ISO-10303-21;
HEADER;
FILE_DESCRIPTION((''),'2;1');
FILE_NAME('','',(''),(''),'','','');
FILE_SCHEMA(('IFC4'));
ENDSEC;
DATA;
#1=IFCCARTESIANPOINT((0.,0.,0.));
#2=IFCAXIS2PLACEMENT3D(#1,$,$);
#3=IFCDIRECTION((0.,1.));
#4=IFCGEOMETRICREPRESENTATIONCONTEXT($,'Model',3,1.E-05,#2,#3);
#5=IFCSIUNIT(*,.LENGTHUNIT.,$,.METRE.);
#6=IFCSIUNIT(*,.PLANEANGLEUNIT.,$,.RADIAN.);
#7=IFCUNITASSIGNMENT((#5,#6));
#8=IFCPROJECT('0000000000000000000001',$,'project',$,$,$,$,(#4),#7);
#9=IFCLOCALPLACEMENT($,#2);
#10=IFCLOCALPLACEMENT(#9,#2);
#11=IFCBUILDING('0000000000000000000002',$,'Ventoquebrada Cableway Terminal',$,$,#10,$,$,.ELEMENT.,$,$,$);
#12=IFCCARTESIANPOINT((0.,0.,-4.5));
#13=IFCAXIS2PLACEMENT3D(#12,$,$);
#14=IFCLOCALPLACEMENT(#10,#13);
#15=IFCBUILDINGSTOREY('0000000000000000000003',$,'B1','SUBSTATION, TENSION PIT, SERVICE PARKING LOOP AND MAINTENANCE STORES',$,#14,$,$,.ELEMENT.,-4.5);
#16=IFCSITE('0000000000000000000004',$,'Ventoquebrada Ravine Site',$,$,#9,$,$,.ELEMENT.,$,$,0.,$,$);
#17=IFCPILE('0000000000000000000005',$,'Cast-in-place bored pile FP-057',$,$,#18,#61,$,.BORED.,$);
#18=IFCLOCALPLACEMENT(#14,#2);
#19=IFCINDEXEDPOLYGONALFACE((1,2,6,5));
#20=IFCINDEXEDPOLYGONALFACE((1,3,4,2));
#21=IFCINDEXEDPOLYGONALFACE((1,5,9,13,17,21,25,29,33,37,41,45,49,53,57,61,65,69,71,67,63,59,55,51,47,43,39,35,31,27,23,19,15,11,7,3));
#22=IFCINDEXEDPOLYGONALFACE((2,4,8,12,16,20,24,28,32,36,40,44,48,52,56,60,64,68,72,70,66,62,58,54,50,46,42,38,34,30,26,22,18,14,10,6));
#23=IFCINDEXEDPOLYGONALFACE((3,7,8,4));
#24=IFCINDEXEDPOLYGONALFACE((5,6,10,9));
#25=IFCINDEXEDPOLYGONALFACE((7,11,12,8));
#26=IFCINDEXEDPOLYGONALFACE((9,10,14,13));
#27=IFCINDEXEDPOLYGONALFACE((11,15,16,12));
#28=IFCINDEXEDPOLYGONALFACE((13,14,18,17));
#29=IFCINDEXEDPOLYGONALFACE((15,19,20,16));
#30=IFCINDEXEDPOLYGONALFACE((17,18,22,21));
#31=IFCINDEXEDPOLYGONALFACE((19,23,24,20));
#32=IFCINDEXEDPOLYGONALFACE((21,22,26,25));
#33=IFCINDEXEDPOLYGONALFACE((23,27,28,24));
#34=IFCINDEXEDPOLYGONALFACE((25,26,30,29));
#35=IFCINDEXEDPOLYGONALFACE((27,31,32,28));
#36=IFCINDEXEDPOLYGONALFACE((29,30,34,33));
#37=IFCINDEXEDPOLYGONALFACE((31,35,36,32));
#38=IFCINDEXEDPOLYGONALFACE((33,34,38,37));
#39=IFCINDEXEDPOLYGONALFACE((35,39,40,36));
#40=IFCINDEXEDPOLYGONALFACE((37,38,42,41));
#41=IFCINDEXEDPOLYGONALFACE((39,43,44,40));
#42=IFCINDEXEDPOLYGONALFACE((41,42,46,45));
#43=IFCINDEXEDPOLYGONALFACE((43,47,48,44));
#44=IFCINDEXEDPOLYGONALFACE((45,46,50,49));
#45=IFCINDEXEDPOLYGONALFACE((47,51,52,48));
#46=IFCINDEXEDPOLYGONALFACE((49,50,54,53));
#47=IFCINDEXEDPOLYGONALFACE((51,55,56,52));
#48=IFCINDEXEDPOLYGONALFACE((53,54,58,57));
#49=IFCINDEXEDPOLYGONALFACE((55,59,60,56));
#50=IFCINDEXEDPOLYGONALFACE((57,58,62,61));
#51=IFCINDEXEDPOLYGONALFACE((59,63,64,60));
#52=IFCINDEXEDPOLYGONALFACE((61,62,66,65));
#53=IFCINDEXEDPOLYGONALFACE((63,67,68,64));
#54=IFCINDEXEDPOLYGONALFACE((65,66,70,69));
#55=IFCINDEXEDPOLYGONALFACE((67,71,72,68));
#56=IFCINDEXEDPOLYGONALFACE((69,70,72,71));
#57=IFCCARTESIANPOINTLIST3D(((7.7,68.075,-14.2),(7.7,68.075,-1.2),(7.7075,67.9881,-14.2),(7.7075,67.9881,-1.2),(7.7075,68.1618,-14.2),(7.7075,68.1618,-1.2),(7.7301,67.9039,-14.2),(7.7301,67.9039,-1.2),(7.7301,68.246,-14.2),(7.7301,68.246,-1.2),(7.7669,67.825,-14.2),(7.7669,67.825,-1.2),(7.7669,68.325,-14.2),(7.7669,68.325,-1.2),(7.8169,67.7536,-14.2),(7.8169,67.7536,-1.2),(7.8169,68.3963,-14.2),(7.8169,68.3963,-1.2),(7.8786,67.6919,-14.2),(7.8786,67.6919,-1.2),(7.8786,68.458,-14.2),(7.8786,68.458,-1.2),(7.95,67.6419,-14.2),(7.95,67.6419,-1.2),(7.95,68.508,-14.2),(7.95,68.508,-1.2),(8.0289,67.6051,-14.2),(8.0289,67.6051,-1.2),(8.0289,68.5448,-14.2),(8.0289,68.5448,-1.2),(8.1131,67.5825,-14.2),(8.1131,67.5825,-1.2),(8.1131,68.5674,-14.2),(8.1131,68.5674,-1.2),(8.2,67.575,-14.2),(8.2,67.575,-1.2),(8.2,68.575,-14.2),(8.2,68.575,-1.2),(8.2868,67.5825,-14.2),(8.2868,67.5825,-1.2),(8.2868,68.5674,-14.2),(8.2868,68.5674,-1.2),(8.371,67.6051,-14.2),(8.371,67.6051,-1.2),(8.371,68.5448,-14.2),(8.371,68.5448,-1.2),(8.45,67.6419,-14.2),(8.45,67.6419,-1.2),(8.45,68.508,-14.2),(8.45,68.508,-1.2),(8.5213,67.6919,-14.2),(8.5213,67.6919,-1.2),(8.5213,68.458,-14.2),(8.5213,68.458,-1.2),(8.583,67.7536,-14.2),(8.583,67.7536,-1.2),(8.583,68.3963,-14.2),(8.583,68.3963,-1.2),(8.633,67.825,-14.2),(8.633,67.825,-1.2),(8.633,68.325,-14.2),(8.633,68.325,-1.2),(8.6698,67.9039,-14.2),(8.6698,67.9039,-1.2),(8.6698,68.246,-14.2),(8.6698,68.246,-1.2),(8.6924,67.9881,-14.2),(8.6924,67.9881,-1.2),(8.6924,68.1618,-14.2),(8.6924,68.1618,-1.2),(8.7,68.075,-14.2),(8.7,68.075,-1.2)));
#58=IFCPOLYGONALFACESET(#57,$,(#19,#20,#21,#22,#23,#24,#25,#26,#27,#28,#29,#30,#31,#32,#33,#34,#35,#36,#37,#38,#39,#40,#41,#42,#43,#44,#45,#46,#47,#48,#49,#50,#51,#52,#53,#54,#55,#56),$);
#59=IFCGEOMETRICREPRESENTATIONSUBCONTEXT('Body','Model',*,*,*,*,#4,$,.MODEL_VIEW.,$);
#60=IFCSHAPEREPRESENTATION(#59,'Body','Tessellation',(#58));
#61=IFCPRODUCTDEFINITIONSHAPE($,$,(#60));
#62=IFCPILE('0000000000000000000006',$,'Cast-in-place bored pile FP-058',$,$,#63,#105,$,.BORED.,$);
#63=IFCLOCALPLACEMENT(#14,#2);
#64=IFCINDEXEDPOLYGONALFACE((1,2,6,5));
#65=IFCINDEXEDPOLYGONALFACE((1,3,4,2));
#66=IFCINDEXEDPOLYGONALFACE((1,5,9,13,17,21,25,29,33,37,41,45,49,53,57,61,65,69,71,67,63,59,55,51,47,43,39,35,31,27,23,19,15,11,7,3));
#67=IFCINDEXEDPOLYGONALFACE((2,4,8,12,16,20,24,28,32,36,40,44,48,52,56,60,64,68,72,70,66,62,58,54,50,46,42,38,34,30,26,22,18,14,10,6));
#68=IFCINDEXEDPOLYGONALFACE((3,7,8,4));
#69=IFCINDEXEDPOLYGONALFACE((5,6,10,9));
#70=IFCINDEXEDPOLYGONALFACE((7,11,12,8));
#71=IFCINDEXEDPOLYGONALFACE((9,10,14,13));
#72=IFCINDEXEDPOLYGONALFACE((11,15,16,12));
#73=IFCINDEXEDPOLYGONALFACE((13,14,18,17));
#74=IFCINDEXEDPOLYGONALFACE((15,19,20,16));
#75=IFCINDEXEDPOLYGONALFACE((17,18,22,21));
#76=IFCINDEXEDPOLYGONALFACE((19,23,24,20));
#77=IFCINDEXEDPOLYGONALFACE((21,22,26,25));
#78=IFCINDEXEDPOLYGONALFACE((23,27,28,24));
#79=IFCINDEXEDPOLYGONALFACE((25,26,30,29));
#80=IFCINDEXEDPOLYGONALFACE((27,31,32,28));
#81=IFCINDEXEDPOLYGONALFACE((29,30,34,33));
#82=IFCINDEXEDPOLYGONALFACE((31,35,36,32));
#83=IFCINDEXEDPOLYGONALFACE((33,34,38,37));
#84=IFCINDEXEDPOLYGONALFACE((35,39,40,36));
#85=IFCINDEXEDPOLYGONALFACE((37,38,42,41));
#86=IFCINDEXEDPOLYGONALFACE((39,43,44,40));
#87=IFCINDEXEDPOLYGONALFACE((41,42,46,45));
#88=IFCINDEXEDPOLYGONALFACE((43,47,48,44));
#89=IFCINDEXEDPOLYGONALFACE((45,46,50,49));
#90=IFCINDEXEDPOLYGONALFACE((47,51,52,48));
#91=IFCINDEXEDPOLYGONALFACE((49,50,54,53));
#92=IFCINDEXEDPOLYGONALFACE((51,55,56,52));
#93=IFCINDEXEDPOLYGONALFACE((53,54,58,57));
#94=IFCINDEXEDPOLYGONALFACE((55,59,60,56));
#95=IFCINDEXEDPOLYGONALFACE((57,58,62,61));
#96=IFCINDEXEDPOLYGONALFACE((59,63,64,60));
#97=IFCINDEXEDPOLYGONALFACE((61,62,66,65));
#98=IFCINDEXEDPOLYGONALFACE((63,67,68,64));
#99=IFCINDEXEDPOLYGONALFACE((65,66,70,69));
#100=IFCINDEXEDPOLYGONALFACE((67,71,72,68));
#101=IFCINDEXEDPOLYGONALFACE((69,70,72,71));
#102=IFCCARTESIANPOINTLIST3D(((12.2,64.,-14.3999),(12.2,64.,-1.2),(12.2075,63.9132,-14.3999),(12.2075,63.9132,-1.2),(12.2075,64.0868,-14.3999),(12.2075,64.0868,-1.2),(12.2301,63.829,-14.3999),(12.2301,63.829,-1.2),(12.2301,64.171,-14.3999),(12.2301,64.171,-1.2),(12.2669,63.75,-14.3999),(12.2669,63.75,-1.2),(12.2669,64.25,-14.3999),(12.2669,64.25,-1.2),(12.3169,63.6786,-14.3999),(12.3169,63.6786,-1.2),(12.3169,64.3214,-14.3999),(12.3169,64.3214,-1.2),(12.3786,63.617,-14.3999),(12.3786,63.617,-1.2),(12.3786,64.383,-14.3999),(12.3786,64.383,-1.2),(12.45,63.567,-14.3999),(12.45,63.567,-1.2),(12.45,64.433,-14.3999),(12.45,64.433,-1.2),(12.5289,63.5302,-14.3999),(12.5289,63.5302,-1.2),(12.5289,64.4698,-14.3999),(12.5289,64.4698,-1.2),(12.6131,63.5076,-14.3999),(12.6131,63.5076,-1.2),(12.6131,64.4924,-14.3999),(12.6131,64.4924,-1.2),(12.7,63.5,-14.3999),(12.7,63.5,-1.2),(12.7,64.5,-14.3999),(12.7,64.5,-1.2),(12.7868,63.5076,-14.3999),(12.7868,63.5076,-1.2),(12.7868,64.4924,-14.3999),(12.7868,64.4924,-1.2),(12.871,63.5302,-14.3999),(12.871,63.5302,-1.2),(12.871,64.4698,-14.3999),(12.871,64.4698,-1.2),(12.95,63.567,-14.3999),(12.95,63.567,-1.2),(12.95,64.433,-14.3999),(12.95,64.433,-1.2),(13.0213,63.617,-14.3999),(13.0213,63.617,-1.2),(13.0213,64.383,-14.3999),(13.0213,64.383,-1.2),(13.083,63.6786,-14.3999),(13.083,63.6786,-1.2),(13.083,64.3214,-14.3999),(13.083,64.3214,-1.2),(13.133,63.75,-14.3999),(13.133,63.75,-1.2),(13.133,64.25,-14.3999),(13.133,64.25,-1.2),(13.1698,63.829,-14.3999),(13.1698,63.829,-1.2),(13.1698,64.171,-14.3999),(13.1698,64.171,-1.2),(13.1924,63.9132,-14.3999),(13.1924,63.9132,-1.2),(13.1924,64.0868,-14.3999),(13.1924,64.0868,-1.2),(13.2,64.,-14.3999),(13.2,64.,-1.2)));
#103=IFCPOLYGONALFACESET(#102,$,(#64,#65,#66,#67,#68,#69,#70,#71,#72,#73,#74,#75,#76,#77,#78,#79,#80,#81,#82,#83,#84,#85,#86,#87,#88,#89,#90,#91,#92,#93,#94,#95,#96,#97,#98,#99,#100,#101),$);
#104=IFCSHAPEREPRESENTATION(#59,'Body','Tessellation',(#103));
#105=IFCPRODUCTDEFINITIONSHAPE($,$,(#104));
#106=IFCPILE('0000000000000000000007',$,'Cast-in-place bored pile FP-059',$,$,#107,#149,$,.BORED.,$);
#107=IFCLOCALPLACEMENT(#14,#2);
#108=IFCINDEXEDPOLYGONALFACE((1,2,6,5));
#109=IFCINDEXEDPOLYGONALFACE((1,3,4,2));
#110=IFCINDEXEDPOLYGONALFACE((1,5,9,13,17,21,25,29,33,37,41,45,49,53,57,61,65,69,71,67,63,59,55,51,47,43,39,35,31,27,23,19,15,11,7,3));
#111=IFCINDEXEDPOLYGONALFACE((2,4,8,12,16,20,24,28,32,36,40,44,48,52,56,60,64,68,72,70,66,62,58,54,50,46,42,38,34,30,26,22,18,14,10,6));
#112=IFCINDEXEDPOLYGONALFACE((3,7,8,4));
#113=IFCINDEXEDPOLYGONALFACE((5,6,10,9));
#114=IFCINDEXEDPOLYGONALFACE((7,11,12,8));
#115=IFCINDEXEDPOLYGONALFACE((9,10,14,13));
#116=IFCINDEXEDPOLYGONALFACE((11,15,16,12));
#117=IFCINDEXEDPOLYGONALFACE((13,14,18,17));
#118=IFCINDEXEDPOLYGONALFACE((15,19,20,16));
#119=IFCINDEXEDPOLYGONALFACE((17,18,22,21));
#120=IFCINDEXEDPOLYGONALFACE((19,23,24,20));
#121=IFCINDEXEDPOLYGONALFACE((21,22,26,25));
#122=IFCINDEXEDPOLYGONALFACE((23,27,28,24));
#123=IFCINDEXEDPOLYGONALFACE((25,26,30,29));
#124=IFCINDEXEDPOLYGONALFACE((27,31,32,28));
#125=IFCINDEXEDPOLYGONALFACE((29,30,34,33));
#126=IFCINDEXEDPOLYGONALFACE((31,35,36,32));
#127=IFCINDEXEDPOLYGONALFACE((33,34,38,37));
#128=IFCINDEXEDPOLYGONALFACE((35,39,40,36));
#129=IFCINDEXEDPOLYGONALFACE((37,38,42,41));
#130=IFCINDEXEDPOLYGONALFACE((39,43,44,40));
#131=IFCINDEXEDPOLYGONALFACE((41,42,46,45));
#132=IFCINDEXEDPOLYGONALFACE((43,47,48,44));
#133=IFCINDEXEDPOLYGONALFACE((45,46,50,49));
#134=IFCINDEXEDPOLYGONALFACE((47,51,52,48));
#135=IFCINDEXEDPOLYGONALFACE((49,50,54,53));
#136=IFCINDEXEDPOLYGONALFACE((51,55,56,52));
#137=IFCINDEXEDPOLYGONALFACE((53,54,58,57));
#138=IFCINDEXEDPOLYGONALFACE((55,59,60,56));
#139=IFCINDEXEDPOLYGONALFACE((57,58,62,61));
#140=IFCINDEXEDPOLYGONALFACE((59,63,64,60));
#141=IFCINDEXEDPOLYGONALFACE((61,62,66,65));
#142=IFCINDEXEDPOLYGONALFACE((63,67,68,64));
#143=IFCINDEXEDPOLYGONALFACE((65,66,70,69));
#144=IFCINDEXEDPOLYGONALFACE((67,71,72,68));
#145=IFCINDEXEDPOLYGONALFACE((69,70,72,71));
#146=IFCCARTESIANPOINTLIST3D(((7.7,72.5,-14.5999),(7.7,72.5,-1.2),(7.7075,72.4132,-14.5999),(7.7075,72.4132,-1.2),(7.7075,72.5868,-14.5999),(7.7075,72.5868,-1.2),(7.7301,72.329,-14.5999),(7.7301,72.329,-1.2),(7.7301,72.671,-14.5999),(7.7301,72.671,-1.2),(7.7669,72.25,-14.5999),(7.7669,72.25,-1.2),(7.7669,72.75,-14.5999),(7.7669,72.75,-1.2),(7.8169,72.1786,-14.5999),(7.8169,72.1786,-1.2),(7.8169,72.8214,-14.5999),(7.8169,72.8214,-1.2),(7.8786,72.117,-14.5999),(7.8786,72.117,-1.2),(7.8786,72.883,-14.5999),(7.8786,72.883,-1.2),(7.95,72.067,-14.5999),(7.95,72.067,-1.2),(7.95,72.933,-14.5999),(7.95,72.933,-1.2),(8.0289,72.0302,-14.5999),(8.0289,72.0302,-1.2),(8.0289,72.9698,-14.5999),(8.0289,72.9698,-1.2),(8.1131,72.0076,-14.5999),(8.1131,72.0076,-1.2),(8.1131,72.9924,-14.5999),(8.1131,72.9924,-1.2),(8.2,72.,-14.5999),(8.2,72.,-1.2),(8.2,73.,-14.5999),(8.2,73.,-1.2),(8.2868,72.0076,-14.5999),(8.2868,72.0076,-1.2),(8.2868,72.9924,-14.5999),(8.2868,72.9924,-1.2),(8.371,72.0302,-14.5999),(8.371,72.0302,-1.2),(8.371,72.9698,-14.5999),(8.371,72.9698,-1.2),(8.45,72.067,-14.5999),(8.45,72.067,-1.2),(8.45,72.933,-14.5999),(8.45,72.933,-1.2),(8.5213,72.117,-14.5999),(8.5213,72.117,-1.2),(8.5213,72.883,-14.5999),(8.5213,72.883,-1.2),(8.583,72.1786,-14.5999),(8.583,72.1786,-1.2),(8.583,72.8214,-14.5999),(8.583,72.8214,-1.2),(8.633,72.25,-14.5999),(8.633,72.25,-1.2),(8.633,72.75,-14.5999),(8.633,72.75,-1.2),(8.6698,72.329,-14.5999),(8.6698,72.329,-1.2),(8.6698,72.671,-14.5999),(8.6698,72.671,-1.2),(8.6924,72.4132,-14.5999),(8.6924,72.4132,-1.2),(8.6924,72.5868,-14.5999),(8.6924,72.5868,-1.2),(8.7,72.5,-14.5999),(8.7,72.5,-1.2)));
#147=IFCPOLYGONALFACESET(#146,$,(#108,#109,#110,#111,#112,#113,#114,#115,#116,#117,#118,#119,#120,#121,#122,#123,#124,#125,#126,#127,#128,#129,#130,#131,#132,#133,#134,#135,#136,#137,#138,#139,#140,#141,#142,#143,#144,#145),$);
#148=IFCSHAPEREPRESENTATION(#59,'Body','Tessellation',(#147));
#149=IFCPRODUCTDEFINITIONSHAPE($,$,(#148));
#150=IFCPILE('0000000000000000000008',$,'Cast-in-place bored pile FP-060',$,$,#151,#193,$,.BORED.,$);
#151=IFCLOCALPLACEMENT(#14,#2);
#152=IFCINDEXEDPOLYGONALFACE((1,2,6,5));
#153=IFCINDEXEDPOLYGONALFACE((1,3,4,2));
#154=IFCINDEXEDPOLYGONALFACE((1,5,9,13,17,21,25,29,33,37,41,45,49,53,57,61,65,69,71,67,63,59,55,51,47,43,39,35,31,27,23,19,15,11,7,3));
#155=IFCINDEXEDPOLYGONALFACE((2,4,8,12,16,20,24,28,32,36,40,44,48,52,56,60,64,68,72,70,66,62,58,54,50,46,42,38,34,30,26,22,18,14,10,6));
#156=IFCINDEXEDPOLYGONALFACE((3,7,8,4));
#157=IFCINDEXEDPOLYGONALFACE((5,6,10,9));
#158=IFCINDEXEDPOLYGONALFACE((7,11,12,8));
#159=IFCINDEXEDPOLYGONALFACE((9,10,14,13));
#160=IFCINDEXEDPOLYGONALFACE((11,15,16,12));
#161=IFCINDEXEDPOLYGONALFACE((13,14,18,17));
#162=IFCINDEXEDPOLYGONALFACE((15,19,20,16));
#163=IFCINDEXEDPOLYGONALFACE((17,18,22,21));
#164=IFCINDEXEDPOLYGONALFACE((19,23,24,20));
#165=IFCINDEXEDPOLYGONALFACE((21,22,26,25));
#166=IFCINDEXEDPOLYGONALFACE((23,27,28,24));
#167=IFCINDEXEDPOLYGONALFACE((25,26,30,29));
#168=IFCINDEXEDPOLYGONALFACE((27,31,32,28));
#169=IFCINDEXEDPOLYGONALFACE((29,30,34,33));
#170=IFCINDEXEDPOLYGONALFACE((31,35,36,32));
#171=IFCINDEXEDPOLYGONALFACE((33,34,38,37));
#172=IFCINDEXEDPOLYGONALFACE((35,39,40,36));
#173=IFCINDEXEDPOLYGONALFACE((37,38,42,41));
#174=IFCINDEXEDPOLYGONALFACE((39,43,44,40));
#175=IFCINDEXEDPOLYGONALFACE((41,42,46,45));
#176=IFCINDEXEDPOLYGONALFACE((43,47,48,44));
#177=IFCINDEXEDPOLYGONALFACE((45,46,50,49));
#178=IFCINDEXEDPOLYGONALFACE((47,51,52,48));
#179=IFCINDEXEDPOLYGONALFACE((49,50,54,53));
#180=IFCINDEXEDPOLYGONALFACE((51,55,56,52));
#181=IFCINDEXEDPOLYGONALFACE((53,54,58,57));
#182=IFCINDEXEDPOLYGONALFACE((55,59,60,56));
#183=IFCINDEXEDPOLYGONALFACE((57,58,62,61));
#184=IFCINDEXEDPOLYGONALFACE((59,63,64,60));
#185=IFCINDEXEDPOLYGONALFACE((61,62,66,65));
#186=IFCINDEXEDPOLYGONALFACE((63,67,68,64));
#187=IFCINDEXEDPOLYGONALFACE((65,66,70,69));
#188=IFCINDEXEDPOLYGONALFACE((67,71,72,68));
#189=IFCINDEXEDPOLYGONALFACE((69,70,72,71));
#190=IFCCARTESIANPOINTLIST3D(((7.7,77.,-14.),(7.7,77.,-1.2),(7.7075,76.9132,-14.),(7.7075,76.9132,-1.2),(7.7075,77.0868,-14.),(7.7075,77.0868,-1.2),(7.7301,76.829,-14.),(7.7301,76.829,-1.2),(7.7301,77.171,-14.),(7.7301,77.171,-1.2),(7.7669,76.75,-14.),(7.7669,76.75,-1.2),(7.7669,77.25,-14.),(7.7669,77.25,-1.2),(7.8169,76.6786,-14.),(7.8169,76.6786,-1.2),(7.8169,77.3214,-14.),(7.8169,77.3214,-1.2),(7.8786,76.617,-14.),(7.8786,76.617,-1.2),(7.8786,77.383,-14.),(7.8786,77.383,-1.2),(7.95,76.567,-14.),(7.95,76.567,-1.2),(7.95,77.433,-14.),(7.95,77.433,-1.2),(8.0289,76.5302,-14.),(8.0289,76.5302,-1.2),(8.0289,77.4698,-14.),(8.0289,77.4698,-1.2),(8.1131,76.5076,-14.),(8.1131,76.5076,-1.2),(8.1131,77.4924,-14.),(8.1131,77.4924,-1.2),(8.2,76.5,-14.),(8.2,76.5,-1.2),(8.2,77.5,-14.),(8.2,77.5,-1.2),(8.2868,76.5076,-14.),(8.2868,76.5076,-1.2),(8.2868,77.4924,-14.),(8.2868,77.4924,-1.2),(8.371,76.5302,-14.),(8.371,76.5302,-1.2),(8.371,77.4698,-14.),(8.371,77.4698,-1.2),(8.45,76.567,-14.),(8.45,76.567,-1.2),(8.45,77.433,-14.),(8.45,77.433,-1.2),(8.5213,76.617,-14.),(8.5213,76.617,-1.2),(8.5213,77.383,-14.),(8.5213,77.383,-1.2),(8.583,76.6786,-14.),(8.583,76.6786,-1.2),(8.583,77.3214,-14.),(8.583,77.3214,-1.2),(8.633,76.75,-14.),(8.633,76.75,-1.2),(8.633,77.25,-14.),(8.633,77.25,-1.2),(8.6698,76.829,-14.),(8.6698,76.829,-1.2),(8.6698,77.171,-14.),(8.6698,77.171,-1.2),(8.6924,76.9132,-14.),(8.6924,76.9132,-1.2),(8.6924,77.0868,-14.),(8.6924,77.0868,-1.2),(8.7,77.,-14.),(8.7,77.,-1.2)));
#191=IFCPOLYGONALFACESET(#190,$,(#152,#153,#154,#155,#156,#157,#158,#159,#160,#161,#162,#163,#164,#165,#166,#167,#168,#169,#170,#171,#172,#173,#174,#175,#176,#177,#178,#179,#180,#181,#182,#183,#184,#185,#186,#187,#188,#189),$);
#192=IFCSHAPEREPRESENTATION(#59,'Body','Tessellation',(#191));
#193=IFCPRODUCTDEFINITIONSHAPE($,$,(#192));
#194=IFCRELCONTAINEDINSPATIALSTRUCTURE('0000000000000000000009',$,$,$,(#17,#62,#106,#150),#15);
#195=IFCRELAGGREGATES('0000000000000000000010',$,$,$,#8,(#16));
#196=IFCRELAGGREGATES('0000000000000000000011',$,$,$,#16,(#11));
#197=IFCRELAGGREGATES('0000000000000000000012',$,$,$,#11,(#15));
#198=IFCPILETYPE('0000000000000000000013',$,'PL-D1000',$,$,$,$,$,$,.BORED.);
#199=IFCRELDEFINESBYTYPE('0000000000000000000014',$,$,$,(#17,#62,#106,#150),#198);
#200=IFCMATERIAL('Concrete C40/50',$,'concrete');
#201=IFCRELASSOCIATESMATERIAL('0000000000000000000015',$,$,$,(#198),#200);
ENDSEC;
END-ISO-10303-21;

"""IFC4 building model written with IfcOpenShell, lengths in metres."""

from ifc_helpers import new_model, si_unit, direction, frame, origin, origin_2d, place, context, subcontext, project, spatial, circle, extrude, material, material_profile, profile_set, type_object, element, save


model = new_model("IFC4")

# Units and contexts
model_context = context("Model", 3, precision=1e-05, world=origin(), true_north=direction((0.0, 1.0)))
body_context = subcontext(model_context, "Body", "Model", "MODEL_VIEW")
ifc_project = project(units=[si_unit("LENGTHUNIT", "METRE"), si_unit("PLANEANGLEUNIT", "RADIAN")], contexts=[model_context])

# Site, building, storey
site_placement = place(None, origin())
site = spatial("IfcSite", under=ifc_project, at=site_placement, Name="Ventoquebrada Ravine Site", CompositionType="ELEMENT", RefElevation=0.0)
building_placement = place(site_placement, origin())
building = spatial("IfcBuilding", under=site, at=building_placement, Name="Ventoquebrada Cableway Terminal", CompositionType="ELEMENT")
storey_placement = place(building_placement, frame((0.0, 0.0, -4.5)))
storey = spatial("IfcBuildingStorey", under=building, at=storey_placement, Name="B1", Description="SUBSTATION, TENSION PIT, SERVICE PARKING LOOP AND MAINTENANCE STORES", CompositionType="ELEMENT", Elevation=-4.5)

# Shared definitions
ifc_material_1 = material(Name="Concrete C40/50", Category="concrete")

# Piles
ifc_material_profile_1 = material_profile(ifc_material_1, circle(Radius=0.5, at=origin_2d()), Name="PILE-D1000")
ifc_profile_set_1 = profile_set([ifc_material_profile_1], Name="Concrete C40/50")
pile_type = type_object("IfcPileType", Name="PL-D1000", PredefinedType="BORED", material=ifc_profile_set_1)
pile_1_placement = place(storey_placement, frame((8.2, 68.075, -1.2), z_axis=(0.0, 0.0, -1.0), x_axis=(1.0, 0.0, 0.0)))
element("IfcPile", 1, at=pile_1_placement, inside=storey, type_object=pile_type, Name="Cast-in-place bored pile FP-057", PredefinedType="BORED", context=body_context, shape_type="SweptSolid", body=[
    extrude(circle(Radius=0.5, at=origin_2d()), origin(), (0.0, 0.0, 1.0), 13.0),
])
pile_2_placement = place(storey_placement, frame((12.7, 64.0, -1.2), z_axis=(0.0, 0.0, -1.0), x_axis=(1.0, 0.0, 0.0)))
element("IfcPile", 2, at=pile_2_placement, inside=storey, type_object=pile_type, Name="Cast-in-place bored pile FP-058", PredefinedType="BORED", context=body_context, shape_type="SweptSolid", body=[
    extrude(circle(Radius=0.5, at=origin_2d()), origin(), (0.0, 0.0, 1.0), 13.2),
])
pile_3_placement = place(storey_placement, frame((8.2, 72.5, -1.2), z_axis=(0.0, 0.0, -1.0), x_axis=(1.0, 0.0, 0.0)))
element("IfcPile", 3, at=pile_3_placement, inside=storey, type_object=pile_type, Name="Cast-in-place bored pile FP-059", PredefinedType="BORED", context=body_context, shape_type="SweptSolid", body=[
    extrude(circle(Radius=0.5, at=origin_2d()), origin(), (0.0, 0.0, 1.0), 13.3999),
])
pile_4_placement = place(storey_placement, frame((8.2, 77.0, -1.2), z_axis=(0.0, 0.0, -1.0), x_axis=(1.0, 0.0, 0.0)))
element("IfcPile", 4, at=pile_4_placement, inside=storey, type_object=pile_type, Name="Cast-in-place bored pile FP-060", PredefinedType="BORED", context=body_context, shape_type="SweptSolid", body=[
    extrude(circle(Radius=0.5, at=origin_2d()), origin(), (0.0, 0.0, 1.0), 12.8),
])

save(model, "model.ifc")
